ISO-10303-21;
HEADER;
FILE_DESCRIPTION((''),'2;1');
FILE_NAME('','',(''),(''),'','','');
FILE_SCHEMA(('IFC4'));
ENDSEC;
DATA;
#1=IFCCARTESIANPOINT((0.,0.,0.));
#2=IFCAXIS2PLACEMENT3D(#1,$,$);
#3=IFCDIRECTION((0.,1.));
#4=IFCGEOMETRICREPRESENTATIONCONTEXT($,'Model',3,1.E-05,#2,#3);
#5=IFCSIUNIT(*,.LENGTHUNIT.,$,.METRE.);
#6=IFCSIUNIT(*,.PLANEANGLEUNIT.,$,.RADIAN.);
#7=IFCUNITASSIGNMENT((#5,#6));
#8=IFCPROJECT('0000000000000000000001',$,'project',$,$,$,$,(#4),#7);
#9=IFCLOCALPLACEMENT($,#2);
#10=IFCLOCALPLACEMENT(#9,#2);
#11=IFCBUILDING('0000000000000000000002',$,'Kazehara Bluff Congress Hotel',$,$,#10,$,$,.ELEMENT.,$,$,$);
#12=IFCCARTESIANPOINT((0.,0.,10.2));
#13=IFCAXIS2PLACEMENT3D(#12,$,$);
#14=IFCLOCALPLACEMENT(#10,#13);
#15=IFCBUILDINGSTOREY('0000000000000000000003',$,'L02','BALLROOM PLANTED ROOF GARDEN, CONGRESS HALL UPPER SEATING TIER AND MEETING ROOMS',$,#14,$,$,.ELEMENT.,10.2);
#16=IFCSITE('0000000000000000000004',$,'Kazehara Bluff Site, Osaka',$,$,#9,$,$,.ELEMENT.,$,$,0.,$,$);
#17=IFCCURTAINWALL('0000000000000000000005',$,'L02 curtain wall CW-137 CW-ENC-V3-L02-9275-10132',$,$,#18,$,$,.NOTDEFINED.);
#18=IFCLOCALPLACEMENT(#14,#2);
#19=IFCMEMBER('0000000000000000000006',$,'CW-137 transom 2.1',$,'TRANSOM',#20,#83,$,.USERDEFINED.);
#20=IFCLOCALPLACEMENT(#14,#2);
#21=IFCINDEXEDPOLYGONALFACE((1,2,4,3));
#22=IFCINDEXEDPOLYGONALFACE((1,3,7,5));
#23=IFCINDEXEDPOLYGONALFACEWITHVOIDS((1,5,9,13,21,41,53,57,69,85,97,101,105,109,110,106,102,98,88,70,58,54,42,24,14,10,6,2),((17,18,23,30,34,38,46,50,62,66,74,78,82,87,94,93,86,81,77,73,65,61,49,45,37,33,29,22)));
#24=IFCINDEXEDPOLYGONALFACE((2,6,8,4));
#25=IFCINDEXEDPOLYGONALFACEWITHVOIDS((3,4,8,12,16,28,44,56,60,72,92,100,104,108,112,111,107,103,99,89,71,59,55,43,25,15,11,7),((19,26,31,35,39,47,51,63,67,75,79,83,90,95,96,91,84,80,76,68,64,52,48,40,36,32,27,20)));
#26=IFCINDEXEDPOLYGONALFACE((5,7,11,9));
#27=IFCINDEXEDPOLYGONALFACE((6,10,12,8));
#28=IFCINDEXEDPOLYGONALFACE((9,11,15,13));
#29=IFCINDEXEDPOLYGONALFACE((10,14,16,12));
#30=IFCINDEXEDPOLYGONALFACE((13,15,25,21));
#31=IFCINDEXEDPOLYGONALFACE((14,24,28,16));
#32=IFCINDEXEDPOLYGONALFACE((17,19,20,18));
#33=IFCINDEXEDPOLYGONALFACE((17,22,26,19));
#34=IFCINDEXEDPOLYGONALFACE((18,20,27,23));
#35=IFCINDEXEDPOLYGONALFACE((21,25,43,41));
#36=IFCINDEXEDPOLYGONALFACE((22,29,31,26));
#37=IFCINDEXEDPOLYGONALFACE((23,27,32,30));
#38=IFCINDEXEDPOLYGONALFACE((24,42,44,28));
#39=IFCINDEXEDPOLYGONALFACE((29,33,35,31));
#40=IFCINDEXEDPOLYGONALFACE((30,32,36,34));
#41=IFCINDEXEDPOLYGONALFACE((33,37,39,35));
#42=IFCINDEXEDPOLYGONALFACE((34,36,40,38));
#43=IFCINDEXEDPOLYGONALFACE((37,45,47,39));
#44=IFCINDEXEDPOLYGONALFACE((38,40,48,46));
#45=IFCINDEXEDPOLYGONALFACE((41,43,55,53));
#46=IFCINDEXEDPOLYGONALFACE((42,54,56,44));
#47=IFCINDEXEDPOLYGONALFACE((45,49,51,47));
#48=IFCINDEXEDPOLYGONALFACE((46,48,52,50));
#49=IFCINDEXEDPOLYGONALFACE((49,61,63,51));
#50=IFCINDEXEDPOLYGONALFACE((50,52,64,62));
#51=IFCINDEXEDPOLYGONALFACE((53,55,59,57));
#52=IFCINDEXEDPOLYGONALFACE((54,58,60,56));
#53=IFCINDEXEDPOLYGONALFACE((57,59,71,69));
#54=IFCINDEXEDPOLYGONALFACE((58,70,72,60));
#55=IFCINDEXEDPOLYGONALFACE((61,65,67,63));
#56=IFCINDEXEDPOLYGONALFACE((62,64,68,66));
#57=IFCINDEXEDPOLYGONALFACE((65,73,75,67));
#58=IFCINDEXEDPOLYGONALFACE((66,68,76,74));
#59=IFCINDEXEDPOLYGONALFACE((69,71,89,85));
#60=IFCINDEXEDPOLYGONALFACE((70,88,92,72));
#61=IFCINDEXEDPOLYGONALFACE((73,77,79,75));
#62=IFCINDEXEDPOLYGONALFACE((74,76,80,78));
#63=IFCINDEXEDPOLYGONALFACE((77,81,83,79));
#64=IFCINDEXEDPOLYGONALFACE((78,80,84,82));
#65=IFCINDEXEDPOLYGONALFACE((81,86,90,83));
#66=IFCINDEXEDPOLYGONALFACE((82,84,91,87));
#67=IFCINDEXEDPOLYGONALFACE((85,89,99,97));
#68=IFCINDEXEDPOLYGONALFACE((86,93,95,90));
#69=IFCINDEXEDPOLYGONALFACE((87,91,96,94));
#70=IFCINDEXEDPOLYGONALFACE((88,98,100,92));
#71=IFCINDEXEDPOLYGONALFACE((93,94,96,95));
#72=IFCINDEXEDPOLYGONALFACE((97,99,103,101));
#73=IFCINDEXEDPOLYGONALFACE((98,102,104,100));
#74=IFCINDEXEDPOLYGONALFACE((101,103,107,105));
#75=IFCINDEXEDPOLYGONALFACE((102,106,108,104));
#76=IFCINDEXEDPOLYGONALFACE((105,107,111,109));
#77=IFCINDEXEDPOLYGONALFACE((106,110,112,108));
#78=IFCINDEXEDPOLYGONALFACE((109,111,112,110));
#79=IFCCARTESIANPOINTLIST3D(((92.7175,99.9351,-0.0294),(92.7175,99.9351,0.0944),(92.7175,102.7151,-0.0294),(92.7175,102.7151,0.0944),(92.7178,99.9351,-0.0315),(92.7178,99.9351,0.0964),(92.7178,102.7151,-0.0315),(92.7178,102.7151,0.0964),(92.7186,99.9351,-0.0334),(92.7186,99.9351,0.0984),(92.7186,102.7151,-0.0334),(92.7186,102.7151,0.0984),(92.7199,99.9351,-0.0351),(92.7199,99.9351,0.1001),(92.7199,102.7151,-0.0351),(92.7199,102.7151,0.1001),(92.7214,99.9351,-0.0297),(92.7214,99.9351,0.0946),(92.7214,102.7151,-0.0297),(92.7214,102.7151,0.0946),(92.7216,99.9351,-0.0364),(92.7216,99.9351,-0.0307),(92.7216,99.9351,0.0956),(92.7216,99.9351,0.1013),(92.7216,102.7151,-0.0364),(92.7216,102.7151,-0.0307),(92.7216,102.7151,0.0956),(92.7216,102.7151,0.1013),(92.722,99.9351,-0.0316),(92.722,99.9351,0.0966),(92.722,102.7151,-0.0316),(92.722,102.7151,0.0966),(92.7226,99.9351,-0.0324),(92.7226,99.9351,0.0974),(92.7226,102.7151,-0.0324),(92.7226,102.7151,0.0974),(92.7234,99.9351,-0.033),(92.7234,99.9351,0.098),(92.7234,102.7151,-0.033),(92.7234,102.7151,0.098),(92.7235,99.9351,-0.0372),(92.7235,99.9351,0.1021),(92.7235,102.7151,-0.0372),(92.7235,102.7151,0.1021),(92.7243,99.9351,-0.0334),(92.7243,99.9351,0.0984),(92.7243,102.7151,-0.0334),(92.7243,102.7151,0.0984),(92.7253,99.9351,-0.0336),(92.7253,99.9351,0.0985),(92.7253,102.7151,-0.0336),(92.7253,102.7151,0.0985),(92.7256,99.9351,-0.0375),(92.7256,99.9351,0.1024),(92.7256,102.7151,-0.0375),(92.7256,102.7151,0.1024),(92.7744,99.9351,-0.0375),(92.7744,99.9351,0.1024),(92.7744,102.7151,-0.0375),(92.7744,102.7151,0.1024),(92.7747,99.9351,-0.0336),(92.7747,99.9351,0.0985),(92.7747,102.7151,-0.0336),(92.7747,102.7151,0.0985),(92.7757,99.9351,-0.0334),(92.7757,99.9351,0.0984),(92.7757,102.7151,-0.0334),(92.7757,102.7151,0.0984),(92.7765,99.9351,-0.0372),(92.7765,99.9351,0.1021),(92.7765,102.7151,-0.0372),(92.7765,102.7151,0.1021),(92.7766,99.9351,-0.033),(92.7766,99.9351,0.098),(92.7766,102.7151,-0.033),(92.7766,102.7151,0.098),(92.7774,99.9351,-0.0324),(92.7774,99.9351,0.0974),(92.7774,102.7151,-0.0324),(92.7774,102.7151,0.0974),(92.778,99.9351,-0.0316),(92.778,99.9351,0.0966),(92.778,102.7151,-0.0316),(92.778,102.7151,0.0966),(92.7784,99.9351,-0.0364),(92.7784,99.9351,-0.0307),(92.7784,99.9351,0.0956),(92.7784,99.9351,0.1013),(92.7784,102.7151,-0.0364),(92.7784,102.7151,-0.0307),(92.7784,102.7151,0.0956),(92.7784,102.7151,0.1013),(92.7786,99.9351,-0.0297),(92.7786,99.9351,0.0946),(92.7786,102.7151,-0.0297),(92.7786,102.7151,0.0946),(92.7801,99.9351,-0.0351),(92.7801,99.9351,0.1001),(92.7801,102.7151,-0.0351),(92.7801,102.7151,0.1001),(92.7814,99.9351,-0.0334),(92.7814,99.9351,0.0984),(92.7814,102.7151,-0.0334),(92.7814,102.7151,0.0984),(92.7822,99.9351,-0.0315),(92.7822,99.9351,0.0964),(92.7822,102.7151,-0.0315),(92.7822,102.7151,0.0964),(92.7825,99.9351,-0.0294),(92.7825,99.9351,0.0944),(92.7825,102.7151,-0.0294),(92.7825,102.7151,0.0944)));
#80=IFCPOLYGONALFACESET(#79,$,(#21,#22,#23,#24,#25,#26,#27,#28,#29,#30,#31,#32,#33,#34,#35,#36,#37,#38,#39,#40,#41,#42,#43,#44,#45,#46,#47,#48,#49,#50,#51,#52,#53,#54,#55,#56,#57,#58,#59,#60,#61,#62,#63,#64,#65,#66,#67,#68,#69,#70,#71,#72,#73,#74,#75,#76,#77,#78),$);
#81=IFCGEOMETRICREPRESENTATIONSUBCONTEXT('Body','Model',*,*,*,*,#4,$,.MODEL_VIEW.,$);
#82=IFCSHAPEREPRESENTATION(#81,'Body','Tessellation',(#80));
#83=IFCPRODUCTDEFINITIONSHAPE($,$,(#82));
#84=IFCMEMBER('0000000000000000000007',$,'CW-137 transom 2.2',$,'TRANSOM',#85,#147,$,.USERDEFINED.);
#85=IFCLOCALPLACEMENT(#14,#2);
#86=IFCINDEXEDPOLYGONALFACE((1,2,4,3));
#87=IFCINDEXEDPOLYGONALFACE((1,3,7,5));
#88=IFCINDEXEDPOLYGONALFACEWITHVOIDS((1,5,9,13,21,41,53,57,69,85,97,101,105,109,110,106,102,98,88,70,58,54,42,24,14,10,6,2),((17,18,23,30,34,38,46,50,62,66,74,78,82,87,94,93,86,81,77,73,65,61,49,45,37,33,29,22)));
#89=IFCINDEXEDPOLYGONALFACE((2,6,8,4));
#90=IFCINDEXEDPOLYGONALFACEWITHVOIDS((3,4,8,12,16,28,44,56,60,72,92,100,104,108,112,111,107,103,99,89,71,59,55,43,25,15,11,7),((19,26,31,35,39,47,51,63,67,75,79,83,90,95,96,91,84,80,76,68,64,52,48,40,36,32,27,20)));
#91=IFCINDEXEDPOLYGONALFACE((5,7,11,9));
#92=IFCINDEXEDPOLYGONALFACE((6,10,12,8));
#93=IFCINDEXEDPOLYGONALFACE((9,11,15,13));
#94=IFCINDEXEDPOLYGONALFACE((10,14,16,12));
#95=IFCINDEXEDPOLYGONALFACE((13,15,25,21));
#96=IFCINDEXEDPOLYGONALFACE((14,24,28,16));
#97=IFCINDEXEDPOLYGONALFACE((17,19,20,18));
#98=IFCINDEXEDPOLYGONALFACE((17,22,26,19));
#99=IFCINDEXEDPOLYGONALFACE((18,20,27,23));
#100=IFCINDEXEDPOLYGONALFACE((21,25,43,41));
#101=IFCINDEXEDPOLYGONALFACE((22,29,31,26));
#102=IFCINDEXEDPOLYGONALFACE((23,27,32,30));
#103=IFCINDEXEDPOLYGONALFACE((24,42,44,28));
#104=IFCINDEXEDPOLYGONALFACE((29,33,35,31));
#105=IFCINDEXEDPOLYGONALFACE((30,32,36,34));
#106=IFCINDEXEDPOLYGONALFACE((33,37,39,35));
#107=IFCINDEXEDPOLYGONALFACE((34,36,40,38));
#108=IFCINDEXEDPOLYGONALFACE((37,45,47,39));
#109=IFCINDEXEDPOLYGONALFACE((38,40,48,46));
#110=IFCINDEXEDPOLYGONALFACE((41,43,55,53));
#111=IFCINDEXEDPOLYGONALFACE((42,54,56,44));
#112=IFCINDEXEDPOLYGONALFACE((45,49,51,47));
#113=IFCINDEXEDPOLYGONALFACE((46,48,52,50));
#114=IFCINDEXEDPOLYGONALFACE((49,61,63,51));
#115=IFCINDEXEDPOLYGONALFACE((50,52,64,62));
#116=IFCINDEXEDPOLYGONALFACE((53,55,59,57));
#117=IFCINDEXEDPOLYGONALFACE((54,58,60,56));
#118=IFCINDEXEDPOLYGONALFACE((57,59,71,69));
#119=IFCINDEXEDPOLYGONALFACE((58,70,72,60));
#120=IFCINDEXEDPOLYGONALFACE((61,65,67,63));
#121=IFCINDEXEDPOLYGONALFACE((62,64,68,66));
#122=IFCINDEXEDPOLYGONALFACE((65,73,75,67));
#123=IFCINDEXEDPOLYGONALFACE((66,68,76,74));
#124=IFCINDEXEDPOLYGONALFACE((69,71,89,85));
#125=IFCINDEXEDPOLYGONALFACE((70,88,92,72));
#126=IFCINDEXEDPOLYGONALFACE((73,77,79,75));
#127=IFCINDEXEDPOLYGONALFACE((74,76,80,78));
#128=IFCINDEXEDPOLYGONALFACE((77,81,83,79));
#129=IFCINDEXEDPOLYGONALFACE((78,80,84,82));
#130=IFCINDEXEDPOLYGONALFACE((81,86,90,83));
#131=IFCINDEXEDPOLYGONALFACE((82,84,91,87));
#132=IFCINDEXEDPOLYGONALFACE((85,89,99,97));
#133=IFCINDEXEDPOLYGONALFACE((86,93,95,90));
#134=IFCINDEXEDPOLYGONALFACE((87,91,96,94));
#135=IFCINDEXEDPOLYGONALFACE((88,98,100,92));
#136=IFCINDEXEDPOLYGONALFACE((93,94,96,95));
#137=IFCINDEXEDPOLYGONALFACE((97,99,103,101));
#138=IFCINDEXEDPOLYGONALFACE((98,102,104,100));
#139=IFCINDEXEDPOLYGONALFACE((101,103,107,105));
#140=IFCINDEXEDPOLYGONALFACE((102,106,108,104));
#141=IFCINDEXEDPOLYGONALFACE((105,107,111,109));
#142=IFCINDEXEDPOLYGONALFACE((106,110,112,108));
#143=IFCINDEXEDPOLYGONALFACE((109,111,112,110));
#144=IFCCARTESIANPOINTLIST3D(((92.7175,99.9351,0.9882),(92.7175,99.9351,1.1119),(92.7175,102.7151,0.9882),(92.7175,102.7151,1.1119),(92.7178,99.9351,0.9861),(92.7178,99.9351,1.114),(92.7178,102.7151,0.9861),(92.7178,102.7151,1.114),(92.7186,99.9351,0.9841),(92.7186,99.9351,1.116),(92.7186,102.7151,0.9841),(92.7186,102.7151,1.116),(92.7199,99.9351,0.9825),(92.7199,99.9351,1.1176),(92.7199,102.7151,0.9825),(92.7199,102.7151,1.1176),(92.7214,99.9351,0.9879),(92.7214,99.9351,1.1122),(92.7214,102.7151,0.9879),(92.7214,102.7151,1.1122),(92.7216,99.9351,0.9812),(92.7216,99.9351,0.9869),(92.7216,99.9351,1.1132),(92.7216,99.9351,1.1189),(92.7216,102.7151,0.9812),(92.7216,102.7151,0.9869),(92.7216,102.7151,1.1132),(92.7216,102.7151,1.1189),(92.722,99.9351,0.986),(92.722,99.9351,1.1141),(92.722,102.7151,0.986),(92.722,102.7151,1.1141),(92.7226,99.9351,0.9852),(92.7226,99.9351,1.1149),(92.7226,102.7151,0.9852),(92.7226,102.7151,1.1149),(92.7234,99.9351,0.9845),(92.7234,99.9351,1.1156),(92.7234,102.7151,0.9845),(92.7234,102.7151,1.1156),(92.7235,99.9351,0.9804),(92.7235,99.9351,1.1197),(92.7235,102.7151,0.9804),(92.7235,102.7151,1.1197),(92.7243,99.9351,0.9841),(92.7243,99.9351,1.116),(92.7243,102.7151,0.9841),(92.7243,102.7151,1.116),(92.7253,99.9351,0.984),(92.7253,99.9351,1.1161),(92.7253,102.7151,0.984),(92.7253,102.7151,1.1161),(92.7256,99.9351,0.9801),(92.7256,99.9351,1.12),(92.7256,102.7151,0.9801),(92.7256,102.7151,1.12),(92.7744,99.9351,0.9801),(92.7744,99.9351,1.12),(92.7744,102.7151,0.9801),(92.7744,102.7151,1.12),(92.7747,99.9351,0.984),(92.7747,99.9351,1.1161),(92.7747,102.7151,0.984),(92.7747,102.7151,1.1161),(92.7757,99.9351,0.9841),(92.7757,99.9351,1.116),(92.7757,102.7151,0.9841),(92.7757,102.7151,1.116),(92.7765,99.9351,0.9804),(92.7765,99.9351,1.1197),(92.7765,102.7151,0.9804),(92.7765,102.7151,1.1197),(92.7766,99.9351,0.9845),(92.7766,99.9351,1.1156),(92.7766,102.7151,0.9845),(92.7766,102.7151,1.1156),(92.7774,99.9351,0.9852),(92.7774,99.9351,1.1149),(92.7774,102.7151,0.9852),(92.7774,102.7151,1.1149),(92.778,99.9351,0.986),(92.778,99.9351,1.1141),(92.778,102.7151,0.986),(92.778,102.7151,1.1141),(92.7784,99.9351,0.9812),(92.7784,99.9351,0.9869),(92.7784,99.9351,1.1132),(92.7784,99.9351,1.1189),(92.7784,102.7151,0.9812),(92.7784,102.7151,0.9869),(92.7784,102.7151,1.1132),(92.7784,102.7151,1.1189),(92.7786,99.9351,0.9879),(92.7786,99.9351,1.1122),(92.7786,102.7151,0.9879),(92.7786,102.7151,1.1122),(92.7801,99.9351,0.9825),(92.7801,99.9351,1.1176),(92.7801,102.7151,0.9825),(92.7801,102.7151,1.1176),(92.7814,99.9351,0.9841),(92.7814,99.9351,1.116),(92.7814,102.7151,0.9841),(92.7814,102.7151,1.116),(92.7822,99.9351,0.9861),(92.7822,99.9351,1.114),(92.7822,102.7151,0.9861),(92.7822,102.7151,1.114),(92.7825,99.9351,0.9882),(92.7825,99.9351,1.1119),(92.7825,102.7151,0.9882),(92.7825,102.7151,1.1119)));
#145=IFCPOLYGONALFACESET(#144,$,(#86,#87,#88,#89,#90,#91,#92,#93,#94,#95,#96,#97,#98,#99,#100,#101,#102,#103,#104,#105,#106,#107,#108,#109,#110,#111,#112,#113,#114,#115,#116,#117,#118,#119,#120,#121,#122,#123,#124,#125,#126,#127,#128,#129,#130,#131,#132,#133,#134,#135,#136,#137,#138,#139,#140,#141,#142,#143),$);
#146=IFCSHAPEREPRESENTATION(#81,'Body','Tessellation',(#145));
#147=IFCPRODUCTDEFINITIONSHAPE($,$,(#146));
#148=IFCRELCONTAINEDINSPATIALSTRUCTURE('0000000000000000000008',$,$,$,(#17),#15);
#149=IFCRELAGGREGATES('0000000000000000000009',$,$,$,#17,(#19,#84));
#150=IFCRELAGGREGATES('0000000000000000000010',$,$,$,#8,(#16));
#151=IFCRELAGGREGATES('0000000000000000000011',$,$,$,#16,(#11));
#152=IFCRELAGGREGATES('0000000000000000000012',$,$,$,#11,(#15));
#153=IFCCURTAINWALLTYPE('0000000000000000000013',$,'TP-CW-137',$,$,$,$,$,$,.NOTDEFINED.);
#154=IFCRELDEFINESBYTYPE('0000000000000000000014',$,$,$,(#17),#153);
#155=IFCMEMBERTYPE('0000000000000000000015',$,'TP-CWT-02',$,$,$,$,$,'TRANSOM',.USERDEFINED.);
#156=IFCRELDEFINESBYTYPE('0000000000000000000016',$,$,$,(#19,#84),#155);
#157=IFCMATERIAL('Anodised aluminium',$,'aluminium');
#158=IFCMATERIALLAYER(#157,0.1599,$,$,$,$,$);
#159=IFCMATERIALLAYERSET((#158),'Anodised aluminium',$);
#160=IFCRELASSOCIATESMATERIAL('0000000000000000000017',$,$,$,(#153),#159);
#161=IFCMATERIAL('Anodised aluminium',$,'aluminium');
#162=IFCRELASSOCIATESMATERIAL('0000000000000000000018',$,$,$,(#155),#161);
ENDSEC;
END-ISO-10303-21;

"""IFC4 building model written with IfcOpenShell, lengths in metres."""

from ifc_helpers import new_model, si_unit, direction, frame, origin, origin_2d, place, context, subcontext, project, spatial, hollow_rectangle, extrude, material, layer, layer_set, material_profile, profile_set, type_object, element, aggregate, save


model = new_model("IFC4")

# Units and contexts
model_context = context("Model", 3, precision=1e-05, world=origin(), true_north=direction((0.0, 1.0)))
body_context = subcontext(model_context, "Body", "Model", "MODEL_VIEW")
ifc_project = project(units=[si_unit("LENGTHUNIT", "METRE"), si_unit("PLANEANGLEUNIT", "RADIAN")], contexts=[model_context])

# Site, building, storey
site_placement = place(None, origin())
site = spatial("IfcSite", under=ifc_project, at=site_placement, Name="Kazehara Bluff Site, Osaka", CompositionType="ELEMENT", RefElevation=0.0)
building_placement = place(site_placement, origin())
building = spatial("IfcBuilding", under=site, at=building_placement, Name="Kazehara Bluff Congress Hotel", CompositionType="ELEMENT")
storey_placement = place(building_placement, frame((0.0, 0.0, 10.2)))
storey = spatial("IfcBuildingStorey", under=building, at=storey_placement, Name="L02", Description="BALLROOM PLANTED ROOF GARDEN, CONGRESS HALL UPPER SEATING TIER AND MEETING ROOMS", CompositionType="ELEMENT", Elevation=10.2)

# Curtain wall
ifc_material_1 = material(Name="Anodised aluminium", Category="aluminium")
ifc_layer_1 = layer(ifc_material_1, 0.1599)
ifc_layer_set_1 = layer_set([ifc_layer_1], Name="Anodised aluminium")
curtain_wall_type_1 = type_object("IfcCurtainWallType", Name="TP-CW-137", PredefinedType="NOTDEFINED", material=ifc_layer_set_1)
curtain_wall_1_placement = place(storey_placement, origin())
curtain_wall_1 = element("IfcCurtainWall", 1, at=curtain_wall_1_placement, inside=storey, type_object=curtain_wall_type_1, Name="L02 curtain wall CW-137 CW-ENC-V3-L02-9275-10132", PredefinedType="NOTDEFINED")

# Members
ifc_material_2 = material(Name="Anodised aluminium", Category="aluminium")
ifc_material_profile_1 = material_profile(ifc_material_2, hollow_rectangle(XDim=0.0649, YDim=0.1399, WallThickness=0.0039, InnerFilletRadius=0.0039, OuterFilletRadius=0.0081, at=origin_2d()))
ifc_profile_set_1 = profile_set([ifc_material_profile_1], Name="Anodised aluminium")
member_type_1 = type_object("IfcMemberType", Name="TP-CWT-02", ElementType="TRANSOM", PredefinedType="USERDEFINED", material=ifc_profile_set_1)
member_1_placement = place(storey_placement, frame((92.75, 102.7151, 0.0325), z_axis=(0.0, -1.0, 0.0), x_axis=(1.0, 0.0, 0.0)))
member_1 = element("IfcMember", 2, at=member_1_placement, type_object=member_type_1, Name="CW-137 transom 2.1", ObjectType="TRANSOM", PredefinedType="USERDEFINED", context=body_context, shape_type="SweptSolid", body=[
    extrude(hollow_rectangle(XDim=0.0649, YDim=0.1399, WallThickness=0.0039, InnerFilletRadius=0.0039, OuterFilletRadius=0.0081, at=origin_2d()), origin(), (0.0, 0.0, 1.0), 2.78),
])
member_2_placement = place(storey_placement, frame((92.75, 102.7151, 1.05), z_axis=(0.0, -1.0, 0.0), x_axis=(1.0, 0.0, 0.0)))
member_2 = element("IfcMember", 3, at=member_2_placement, type_object=member_type_1, Name="CW-137 transom 2.2", ObjectType="TRANSOM", PredefinedType="USERDEFINED", context=body_context, shape_type="SweptSolid", body=[
    extrude(hollow_rectangle(XDim=0.0649, YDim=0.1399, WallThickness=0.0039, InnerFilletRadius=0.0039, OuterFilletRadius=0.0081, at=origin_2d()), origin(), (0.0, 0.0, 1.0), 2.78),
])

aggregate(curtain_wall_1, [member_1, member_2])

save(model, "model.ifc")
